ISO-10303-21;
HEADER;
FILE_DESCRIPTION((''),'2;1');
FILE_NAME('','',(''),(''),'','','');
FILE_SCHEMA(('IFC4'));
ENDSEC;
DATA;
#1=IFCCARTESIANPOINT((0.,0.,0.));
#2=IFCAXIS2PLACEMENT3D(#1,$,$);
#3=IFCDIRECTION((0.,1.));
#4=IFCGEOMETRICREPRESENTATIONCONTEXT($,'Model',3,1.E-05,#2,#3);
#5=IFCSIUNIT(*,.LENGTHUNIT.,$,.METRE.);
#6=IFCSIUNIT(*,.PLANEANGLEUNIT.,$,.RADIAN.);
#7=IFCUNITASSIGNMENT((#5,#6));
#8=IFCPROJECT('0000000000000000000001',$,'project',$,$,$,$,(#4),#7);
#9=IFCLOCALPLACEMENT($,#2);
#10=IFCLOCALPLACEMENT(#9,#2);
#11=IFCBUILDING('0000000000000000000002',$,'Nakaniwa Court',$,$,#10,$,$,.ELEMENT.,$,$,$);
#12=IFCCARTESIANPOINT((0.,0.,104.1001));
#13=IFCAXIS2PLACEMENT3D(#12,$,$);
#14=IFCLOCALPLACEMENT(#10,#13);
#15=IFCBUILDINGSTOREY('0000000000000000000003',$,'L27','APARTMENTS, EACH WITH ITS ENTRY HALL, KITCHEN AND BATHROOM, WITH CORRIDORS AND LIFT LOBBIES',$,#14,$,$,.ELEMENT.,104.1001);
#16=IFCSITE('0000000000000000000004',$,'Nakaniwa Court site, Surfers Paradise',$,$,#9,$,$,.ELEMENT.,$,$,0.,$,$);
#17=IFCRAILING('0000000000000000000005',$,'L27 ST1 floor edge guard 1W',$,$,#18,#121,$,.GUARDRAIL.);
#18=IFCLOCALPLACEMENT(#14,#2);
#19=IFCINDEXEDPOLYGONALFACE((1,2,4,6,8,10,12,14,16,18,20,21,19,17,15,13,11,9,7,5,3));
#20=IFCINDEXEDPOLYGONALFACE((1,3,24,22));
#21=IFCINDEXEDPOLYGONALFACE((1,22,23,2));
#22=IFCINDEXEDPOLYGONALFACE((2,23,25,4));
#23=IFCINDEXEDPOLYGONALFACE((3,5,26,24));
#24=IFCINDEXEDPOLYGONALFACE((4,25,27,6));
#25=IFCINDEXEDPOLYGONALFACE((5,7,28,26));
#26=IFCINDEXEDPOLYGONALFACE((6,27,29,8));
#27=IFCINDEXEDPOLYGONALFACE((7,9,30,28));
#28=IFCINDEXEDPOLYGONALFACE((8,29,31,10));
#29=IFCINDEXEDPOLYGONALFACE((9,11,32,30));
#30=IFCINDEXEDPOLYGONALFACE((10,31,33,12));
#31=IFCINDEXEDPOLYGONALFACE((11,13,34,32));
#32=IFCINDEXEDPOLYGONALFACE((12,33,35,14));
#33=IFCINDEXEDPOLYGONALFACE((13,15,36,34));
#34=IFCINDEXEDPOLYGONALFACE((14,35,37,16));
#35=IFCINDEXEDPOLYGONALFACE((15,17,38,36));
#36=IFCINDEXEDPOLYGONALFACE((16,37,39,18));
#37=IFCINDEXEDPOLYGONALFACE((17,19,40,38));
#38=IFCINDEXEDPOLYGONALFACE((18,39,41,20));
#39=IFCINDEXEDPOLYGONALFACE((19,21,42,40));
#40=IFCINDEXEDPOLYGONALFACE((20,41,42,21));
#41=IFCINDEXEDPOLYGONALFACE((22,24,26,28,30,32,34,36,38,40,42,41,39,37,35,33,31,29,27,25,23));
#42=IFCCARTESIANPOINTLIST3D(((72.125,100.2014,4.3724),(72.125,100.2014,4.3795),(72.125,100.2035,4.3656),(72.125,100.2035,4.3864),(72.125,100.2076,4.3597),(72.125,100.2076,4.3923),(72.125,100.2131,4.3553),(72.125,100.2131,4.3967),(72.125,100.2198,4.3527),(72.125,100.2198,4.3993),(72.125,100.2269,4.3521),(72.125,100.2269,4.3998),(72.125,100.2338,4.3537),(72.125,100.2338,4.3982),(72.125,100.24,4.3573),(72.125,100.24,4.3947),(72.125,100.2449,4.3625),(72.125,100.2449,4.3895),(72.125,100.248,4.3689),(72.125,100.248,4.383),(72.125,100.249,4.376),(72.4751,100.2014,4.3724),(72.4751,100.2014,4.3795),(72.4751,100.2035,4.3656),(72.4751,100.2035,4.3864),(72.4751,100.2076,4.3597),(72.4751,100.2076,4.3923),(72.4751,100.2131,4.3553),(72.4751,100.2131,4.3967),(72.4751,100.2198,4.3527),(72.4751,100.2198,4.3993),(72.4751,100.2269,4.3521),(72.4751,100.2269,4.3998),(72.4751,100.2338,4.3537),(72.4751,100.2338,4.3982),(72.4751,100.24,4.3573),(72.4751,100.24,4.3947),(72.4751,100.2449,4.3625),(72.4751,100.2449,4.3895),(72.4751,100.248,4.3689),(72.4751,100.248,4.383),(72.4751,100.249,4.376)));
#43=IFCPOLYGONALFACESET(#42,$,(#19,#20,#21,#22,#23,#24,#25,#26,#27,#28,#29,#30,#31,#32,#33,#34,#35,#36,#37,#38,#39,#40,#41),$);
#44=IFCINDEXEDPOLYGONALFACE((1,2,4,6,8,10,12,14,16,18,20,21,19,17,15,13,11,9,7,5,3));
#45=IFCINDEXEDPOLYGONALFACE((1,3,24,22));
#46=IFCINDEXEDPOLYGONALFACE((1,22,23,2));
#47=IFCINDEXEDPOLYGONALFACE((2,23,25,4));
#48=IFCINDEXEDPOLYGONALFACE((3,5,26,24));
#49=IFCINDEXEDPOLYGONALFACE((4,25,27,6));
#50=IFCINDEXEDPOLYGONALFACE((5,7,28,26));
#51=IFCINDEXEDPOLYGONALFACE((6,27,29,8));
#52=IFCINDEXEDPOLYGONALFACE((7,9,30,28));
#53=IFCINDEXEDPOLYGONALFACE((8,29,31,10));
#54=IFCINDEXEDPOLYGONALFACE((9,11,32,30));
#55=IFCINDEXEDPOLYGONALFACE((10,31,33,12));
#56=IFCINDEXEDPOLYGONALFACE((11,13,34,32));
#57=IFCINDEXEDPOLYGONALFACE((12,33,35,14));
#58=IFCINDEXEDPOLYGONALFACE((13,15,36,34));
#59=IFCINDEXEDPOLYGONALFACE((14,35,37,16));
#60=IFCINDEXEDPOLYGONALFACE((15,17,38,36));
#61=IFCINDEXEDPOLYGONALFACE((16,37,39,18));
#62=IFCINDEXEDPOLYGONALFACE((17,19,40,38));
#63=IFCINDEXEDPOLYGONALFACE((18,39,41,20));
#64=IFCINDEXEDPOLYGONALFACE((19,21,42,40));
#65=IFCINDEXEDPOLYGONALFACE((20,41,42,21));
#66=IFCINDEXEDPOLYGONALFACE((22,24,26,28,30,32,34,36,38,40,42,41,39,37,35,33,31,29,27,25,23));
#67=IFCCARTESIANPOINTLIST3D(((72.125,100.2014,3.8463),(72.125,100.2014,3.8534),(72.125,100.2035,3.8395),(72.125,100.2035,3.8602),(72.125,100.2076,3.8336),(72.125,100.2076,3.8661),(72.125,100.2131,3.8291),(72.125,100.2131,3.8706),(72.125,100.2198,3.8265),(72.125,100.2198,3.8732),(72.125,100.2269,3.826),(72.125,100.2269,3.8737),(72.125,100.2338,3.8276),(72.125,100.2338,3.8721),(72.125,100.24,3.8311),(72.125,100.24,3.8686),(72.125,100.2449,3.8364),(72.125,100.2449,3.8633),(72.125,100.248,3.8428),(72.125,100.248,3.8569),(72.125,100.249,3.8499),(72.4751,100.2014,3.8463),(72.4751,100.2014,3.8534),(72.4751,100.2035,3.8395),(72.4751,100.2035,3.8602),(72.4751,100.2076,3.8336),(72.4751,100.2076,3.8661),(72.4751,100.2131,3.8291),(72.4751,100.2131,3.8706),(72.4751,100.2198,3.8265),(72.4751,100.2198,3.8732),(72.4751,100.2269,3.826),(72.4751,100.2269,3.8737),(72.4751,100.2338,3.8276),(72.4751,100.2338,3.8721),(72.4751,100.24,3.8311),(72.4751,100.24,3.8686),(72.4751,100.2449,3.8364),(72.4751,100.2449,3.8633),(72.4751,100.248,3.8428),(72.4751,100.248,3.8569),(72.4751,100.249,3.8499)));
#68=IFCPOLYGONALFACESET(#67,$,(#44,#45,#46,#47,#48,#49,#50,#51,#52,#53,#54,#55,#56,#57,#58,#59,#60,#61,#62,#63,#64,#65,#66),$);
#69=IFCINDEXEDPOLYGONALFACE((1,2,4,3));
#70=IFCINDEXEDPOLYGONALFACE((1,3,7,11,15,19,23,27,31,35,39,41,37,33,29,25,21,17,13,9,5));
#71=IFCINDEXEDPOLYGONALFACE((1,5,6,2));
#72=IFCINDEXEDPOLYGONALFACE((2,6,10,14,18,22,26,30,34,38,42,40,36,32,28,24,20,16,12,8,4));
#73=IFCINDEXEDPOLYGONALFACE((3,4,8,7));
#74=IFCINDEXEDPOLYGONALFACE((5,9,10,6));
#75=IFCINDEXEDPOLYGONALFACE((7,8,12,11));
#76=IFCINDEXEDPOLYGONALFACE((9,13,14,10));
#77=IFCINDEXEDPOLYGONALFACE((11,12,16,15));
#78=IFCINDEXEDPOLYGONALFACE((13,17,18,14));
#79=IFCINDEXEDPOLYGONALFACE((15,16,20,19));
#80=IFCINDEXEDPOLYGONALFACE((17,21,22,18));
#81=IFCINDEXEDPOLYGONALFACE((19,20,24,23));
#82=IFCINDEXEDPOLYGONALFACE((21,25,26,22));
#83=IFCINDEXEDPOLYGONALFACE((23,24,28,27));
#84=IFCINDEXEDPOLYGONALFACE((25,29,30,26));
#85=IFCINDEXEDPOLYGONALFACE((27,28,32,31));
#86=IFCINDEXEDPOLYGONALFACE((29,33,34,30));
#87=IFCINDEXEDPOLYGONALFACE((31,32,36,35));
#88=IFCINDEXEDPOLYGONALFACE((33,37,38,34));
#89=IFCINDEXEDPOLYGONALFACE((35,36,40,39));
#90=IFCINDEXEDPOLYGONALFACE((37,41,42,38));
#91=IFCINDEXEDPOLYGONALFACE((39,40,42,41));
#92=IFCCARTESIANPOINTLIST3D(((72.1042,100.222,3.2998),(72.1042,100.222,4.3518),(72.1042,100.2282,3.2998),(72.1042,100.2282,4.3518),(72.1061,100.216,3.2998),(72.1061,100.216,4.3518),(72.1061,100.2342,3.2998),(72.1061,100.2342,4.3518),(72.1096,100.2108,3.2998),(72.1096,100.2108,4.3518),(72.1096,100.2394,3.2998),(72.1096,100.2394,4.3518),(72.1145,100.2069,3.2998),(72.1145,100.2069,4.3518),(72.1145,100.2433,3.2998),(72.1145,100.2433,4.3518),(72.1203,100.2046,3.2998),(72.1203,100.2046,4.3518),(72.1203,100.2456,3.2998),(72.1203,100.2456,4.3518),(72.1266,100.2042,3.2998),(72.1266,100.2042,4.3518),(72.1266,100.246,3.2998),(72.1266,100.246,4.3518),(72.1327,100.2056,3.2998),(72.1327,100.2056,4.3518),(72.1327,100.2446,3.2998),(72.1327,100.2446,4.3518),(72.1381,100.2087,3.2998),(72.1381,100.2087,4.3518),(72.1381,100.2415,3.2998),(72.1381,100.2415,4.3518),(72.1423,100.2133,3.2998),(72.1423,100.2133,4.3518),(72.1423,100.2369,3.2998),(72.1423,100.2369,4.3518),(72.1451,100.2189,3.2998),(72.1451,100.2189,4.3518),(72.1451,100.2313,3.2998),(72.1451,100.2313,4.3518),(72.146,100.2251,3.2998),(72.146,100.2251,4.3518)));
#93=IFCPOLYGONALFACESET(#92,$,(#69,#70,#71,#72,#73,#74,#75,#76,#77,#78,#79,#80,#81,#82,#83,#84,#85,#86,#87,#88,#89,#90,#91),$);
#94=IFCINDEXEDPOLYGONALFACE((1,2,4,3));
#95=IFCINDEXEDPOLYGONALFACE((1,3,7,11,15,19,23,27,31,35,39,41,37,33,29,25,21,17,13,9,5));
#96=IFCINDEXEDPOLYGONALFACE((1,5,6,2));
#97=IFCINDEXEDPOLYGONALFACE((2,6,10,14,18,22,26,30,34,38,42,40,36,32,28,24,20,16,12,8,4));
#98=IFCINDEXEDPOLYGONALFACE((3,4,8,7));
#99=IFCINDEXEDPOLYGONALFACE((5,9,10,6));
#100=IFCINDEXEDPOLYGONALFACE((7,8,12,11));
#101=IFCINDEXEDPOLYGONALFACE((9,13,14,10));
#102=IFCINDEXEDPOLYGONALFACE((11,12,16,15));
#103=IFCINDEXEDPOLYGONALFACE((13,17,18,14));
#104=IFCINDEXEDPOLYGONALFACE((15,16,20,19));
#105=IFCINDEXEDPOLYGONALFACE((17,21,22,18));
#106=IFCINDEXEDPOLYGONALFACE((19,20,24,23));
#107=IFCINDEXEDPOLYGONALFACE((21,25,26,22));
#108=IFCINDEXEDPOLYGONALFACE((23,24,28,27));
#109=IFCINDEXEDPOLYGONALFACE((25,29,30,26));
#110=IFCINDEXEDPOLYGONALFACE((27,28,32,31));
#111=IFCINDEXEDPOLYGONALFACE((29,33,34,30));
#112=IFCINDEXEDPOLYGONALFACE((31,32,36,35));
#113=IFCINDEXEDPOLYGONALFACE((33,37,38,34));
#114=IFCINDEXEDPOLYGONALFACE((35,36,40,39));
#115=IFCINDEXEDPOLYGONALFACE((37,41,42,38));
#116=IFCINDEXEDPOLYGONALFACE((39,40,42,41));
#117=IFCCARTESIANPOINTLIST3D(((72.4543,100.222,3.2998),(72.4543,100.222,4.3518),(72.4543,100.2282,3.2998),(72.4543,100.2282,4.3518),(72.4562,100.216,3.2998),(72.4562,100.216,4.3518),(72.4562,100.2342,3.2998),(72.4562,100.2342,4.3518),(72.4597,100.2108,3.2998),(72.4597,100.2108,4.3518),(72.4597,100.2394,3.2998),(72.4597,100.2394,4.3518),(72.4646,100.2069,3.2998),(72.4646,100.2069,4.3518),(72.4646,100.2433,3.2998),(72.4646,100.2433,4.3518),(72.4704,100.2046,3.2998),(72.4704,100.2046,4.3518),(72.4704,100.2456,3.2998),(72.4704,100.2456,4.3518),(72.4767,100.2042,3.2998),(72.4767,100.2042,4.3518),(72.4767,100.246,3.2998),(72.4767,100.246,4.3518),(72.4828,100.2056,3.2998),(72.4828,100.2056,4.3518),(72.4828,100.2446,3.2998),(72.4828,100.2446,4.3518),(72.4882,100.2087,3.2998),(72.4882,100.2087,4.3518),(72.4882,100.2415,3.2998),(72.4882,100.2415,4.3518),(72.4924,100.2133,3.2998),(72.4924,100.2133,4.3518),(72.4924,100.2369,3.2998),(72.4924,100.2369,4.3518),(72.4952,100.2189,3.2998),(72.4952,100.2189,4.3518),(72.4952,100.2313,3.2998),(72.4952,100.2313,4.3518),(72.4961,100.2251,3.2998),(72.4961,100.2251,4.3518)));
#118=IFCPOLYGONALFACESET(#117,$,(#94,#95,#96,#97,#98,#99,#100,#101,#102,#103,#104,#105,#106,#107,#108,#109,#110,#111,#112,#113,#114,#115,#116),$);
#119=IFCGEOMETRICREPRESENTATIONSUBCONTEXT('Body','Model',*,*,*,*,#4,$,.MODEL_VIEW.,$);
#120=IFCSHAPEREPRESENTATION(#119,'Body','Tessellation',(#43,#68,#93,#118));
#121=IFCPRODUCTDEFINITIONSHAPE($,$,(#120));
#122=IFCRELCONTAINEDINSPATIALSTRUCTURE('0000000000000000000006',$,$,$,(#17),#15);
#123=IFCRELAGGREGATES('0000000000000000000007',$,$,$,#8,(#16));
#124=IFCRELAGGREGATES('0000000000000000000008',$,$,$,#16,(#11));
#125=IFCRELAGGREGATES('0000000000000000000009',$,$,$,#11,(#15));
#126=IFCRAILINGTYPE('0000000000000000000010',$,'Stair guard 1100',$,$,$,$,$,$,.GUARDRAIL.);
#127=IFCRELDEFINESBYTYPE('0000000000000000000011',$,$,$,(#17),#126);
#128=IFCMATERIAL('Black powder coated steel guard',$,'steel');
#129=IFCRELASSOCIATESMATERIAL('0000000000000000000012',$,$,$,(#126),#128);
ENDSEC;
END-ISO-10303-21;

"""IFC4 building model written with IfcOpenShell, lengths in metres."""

from ifc_helpers import new_model, si_unit, direction, frame, origin, origin_2d, place, context, subcontext, project, spatial, circle, extrude, material, type_object, element, save


model = new_model("IFC4")

# Units and contexts
model_context = context("Model", 3, precision=1e-05, world=origin(), true_north=direction((0.0, 1.0)))
body_context = subcontext(model_context, "Body", "Model", "MODEL_VIEW")
ifc_project = project(units=[si_unit("LENGTHUNIT", "METRE"), si_unit("PLANEANGLEUNIT", "RADIAN")], contexts=[model_context])

# Site, building, storey
site_placement = place(None, origin())
site = spatial("IfcSite", under=ifc_project, at=site_placement, Name="Nakaniwa Court site, Surfers Paradise", CompositionType="ELEMENT", RefElevation=0.0)
building_placement = place(site_placement, origin())
building = spatial("IfcBuilding", under=site, at=building_placement, Name="Nakaniwa Court", CompositionType="ELEMENT")
storey_placement = place(building_placement, frame((0.0, 0.0, 104.1001)))
storey = spatial("IfcBuildingStorey", under=building, at=storey_placement, Name="L27", Description="APARTMENTS, EACH WITH ITS ENTRY HALL, KITCHEN AND BATHROOM, WITH CORRIDORS AND LIFT LOBBIES", CompositionType="ELEMENT", Elevation=104.1001)

# Railing
ifc_material_1 = material(Name="Black powder coated steel guard", Category="steel")
railing_type_1 = type_object("IfcRailingType", Name="Stair guard 1100", PredefinedType="GUARDRAIL", material=ifc_material_1)
for number, where, name in (
    (1, (72.125, 100.2251, 3.2998), "L27 ST1 floor edge guard 1W"),
):
    element("IfcRailing", number, at=place(storey_placement, frame(where)), inside=storey, type_object=railing_type_1, Name=name, PredefinedType="GUARDRAIL", context=body_context, shape_type="SweptSolid", body=[
        extrude(circle(Radius=0.0239, at=origin_2d()), frame((0.0, 0.0, 1.0762), z_axis=(1.0, 0.0, 0.0), x_axis=(0.0, 1.0, 0.0)), (0.0, 0.0, 1.0), 0.3501),
        extrude(circle(Radius=0.0239, at=origin_2d()), frame((0.0, 0.0, 0.55), z_axis=(1.0, 0.0, 0.0), x_axis=(0.0, 1.0, 0.0)), (0.0, 0.0, 1.0), 0.3501),
        extrude(circle(Radius=0.021, at=origin_2d()), origin(), (0.0, 0.0, 1.0), 1.052),
        extrude(circle(Radius=0.021, at=origin_2d()), frame((0.3501, 0.0, 0.0)), (0.0, 0.0, 1.0), 1.052),
    ])

save(model, "model.ifc")
